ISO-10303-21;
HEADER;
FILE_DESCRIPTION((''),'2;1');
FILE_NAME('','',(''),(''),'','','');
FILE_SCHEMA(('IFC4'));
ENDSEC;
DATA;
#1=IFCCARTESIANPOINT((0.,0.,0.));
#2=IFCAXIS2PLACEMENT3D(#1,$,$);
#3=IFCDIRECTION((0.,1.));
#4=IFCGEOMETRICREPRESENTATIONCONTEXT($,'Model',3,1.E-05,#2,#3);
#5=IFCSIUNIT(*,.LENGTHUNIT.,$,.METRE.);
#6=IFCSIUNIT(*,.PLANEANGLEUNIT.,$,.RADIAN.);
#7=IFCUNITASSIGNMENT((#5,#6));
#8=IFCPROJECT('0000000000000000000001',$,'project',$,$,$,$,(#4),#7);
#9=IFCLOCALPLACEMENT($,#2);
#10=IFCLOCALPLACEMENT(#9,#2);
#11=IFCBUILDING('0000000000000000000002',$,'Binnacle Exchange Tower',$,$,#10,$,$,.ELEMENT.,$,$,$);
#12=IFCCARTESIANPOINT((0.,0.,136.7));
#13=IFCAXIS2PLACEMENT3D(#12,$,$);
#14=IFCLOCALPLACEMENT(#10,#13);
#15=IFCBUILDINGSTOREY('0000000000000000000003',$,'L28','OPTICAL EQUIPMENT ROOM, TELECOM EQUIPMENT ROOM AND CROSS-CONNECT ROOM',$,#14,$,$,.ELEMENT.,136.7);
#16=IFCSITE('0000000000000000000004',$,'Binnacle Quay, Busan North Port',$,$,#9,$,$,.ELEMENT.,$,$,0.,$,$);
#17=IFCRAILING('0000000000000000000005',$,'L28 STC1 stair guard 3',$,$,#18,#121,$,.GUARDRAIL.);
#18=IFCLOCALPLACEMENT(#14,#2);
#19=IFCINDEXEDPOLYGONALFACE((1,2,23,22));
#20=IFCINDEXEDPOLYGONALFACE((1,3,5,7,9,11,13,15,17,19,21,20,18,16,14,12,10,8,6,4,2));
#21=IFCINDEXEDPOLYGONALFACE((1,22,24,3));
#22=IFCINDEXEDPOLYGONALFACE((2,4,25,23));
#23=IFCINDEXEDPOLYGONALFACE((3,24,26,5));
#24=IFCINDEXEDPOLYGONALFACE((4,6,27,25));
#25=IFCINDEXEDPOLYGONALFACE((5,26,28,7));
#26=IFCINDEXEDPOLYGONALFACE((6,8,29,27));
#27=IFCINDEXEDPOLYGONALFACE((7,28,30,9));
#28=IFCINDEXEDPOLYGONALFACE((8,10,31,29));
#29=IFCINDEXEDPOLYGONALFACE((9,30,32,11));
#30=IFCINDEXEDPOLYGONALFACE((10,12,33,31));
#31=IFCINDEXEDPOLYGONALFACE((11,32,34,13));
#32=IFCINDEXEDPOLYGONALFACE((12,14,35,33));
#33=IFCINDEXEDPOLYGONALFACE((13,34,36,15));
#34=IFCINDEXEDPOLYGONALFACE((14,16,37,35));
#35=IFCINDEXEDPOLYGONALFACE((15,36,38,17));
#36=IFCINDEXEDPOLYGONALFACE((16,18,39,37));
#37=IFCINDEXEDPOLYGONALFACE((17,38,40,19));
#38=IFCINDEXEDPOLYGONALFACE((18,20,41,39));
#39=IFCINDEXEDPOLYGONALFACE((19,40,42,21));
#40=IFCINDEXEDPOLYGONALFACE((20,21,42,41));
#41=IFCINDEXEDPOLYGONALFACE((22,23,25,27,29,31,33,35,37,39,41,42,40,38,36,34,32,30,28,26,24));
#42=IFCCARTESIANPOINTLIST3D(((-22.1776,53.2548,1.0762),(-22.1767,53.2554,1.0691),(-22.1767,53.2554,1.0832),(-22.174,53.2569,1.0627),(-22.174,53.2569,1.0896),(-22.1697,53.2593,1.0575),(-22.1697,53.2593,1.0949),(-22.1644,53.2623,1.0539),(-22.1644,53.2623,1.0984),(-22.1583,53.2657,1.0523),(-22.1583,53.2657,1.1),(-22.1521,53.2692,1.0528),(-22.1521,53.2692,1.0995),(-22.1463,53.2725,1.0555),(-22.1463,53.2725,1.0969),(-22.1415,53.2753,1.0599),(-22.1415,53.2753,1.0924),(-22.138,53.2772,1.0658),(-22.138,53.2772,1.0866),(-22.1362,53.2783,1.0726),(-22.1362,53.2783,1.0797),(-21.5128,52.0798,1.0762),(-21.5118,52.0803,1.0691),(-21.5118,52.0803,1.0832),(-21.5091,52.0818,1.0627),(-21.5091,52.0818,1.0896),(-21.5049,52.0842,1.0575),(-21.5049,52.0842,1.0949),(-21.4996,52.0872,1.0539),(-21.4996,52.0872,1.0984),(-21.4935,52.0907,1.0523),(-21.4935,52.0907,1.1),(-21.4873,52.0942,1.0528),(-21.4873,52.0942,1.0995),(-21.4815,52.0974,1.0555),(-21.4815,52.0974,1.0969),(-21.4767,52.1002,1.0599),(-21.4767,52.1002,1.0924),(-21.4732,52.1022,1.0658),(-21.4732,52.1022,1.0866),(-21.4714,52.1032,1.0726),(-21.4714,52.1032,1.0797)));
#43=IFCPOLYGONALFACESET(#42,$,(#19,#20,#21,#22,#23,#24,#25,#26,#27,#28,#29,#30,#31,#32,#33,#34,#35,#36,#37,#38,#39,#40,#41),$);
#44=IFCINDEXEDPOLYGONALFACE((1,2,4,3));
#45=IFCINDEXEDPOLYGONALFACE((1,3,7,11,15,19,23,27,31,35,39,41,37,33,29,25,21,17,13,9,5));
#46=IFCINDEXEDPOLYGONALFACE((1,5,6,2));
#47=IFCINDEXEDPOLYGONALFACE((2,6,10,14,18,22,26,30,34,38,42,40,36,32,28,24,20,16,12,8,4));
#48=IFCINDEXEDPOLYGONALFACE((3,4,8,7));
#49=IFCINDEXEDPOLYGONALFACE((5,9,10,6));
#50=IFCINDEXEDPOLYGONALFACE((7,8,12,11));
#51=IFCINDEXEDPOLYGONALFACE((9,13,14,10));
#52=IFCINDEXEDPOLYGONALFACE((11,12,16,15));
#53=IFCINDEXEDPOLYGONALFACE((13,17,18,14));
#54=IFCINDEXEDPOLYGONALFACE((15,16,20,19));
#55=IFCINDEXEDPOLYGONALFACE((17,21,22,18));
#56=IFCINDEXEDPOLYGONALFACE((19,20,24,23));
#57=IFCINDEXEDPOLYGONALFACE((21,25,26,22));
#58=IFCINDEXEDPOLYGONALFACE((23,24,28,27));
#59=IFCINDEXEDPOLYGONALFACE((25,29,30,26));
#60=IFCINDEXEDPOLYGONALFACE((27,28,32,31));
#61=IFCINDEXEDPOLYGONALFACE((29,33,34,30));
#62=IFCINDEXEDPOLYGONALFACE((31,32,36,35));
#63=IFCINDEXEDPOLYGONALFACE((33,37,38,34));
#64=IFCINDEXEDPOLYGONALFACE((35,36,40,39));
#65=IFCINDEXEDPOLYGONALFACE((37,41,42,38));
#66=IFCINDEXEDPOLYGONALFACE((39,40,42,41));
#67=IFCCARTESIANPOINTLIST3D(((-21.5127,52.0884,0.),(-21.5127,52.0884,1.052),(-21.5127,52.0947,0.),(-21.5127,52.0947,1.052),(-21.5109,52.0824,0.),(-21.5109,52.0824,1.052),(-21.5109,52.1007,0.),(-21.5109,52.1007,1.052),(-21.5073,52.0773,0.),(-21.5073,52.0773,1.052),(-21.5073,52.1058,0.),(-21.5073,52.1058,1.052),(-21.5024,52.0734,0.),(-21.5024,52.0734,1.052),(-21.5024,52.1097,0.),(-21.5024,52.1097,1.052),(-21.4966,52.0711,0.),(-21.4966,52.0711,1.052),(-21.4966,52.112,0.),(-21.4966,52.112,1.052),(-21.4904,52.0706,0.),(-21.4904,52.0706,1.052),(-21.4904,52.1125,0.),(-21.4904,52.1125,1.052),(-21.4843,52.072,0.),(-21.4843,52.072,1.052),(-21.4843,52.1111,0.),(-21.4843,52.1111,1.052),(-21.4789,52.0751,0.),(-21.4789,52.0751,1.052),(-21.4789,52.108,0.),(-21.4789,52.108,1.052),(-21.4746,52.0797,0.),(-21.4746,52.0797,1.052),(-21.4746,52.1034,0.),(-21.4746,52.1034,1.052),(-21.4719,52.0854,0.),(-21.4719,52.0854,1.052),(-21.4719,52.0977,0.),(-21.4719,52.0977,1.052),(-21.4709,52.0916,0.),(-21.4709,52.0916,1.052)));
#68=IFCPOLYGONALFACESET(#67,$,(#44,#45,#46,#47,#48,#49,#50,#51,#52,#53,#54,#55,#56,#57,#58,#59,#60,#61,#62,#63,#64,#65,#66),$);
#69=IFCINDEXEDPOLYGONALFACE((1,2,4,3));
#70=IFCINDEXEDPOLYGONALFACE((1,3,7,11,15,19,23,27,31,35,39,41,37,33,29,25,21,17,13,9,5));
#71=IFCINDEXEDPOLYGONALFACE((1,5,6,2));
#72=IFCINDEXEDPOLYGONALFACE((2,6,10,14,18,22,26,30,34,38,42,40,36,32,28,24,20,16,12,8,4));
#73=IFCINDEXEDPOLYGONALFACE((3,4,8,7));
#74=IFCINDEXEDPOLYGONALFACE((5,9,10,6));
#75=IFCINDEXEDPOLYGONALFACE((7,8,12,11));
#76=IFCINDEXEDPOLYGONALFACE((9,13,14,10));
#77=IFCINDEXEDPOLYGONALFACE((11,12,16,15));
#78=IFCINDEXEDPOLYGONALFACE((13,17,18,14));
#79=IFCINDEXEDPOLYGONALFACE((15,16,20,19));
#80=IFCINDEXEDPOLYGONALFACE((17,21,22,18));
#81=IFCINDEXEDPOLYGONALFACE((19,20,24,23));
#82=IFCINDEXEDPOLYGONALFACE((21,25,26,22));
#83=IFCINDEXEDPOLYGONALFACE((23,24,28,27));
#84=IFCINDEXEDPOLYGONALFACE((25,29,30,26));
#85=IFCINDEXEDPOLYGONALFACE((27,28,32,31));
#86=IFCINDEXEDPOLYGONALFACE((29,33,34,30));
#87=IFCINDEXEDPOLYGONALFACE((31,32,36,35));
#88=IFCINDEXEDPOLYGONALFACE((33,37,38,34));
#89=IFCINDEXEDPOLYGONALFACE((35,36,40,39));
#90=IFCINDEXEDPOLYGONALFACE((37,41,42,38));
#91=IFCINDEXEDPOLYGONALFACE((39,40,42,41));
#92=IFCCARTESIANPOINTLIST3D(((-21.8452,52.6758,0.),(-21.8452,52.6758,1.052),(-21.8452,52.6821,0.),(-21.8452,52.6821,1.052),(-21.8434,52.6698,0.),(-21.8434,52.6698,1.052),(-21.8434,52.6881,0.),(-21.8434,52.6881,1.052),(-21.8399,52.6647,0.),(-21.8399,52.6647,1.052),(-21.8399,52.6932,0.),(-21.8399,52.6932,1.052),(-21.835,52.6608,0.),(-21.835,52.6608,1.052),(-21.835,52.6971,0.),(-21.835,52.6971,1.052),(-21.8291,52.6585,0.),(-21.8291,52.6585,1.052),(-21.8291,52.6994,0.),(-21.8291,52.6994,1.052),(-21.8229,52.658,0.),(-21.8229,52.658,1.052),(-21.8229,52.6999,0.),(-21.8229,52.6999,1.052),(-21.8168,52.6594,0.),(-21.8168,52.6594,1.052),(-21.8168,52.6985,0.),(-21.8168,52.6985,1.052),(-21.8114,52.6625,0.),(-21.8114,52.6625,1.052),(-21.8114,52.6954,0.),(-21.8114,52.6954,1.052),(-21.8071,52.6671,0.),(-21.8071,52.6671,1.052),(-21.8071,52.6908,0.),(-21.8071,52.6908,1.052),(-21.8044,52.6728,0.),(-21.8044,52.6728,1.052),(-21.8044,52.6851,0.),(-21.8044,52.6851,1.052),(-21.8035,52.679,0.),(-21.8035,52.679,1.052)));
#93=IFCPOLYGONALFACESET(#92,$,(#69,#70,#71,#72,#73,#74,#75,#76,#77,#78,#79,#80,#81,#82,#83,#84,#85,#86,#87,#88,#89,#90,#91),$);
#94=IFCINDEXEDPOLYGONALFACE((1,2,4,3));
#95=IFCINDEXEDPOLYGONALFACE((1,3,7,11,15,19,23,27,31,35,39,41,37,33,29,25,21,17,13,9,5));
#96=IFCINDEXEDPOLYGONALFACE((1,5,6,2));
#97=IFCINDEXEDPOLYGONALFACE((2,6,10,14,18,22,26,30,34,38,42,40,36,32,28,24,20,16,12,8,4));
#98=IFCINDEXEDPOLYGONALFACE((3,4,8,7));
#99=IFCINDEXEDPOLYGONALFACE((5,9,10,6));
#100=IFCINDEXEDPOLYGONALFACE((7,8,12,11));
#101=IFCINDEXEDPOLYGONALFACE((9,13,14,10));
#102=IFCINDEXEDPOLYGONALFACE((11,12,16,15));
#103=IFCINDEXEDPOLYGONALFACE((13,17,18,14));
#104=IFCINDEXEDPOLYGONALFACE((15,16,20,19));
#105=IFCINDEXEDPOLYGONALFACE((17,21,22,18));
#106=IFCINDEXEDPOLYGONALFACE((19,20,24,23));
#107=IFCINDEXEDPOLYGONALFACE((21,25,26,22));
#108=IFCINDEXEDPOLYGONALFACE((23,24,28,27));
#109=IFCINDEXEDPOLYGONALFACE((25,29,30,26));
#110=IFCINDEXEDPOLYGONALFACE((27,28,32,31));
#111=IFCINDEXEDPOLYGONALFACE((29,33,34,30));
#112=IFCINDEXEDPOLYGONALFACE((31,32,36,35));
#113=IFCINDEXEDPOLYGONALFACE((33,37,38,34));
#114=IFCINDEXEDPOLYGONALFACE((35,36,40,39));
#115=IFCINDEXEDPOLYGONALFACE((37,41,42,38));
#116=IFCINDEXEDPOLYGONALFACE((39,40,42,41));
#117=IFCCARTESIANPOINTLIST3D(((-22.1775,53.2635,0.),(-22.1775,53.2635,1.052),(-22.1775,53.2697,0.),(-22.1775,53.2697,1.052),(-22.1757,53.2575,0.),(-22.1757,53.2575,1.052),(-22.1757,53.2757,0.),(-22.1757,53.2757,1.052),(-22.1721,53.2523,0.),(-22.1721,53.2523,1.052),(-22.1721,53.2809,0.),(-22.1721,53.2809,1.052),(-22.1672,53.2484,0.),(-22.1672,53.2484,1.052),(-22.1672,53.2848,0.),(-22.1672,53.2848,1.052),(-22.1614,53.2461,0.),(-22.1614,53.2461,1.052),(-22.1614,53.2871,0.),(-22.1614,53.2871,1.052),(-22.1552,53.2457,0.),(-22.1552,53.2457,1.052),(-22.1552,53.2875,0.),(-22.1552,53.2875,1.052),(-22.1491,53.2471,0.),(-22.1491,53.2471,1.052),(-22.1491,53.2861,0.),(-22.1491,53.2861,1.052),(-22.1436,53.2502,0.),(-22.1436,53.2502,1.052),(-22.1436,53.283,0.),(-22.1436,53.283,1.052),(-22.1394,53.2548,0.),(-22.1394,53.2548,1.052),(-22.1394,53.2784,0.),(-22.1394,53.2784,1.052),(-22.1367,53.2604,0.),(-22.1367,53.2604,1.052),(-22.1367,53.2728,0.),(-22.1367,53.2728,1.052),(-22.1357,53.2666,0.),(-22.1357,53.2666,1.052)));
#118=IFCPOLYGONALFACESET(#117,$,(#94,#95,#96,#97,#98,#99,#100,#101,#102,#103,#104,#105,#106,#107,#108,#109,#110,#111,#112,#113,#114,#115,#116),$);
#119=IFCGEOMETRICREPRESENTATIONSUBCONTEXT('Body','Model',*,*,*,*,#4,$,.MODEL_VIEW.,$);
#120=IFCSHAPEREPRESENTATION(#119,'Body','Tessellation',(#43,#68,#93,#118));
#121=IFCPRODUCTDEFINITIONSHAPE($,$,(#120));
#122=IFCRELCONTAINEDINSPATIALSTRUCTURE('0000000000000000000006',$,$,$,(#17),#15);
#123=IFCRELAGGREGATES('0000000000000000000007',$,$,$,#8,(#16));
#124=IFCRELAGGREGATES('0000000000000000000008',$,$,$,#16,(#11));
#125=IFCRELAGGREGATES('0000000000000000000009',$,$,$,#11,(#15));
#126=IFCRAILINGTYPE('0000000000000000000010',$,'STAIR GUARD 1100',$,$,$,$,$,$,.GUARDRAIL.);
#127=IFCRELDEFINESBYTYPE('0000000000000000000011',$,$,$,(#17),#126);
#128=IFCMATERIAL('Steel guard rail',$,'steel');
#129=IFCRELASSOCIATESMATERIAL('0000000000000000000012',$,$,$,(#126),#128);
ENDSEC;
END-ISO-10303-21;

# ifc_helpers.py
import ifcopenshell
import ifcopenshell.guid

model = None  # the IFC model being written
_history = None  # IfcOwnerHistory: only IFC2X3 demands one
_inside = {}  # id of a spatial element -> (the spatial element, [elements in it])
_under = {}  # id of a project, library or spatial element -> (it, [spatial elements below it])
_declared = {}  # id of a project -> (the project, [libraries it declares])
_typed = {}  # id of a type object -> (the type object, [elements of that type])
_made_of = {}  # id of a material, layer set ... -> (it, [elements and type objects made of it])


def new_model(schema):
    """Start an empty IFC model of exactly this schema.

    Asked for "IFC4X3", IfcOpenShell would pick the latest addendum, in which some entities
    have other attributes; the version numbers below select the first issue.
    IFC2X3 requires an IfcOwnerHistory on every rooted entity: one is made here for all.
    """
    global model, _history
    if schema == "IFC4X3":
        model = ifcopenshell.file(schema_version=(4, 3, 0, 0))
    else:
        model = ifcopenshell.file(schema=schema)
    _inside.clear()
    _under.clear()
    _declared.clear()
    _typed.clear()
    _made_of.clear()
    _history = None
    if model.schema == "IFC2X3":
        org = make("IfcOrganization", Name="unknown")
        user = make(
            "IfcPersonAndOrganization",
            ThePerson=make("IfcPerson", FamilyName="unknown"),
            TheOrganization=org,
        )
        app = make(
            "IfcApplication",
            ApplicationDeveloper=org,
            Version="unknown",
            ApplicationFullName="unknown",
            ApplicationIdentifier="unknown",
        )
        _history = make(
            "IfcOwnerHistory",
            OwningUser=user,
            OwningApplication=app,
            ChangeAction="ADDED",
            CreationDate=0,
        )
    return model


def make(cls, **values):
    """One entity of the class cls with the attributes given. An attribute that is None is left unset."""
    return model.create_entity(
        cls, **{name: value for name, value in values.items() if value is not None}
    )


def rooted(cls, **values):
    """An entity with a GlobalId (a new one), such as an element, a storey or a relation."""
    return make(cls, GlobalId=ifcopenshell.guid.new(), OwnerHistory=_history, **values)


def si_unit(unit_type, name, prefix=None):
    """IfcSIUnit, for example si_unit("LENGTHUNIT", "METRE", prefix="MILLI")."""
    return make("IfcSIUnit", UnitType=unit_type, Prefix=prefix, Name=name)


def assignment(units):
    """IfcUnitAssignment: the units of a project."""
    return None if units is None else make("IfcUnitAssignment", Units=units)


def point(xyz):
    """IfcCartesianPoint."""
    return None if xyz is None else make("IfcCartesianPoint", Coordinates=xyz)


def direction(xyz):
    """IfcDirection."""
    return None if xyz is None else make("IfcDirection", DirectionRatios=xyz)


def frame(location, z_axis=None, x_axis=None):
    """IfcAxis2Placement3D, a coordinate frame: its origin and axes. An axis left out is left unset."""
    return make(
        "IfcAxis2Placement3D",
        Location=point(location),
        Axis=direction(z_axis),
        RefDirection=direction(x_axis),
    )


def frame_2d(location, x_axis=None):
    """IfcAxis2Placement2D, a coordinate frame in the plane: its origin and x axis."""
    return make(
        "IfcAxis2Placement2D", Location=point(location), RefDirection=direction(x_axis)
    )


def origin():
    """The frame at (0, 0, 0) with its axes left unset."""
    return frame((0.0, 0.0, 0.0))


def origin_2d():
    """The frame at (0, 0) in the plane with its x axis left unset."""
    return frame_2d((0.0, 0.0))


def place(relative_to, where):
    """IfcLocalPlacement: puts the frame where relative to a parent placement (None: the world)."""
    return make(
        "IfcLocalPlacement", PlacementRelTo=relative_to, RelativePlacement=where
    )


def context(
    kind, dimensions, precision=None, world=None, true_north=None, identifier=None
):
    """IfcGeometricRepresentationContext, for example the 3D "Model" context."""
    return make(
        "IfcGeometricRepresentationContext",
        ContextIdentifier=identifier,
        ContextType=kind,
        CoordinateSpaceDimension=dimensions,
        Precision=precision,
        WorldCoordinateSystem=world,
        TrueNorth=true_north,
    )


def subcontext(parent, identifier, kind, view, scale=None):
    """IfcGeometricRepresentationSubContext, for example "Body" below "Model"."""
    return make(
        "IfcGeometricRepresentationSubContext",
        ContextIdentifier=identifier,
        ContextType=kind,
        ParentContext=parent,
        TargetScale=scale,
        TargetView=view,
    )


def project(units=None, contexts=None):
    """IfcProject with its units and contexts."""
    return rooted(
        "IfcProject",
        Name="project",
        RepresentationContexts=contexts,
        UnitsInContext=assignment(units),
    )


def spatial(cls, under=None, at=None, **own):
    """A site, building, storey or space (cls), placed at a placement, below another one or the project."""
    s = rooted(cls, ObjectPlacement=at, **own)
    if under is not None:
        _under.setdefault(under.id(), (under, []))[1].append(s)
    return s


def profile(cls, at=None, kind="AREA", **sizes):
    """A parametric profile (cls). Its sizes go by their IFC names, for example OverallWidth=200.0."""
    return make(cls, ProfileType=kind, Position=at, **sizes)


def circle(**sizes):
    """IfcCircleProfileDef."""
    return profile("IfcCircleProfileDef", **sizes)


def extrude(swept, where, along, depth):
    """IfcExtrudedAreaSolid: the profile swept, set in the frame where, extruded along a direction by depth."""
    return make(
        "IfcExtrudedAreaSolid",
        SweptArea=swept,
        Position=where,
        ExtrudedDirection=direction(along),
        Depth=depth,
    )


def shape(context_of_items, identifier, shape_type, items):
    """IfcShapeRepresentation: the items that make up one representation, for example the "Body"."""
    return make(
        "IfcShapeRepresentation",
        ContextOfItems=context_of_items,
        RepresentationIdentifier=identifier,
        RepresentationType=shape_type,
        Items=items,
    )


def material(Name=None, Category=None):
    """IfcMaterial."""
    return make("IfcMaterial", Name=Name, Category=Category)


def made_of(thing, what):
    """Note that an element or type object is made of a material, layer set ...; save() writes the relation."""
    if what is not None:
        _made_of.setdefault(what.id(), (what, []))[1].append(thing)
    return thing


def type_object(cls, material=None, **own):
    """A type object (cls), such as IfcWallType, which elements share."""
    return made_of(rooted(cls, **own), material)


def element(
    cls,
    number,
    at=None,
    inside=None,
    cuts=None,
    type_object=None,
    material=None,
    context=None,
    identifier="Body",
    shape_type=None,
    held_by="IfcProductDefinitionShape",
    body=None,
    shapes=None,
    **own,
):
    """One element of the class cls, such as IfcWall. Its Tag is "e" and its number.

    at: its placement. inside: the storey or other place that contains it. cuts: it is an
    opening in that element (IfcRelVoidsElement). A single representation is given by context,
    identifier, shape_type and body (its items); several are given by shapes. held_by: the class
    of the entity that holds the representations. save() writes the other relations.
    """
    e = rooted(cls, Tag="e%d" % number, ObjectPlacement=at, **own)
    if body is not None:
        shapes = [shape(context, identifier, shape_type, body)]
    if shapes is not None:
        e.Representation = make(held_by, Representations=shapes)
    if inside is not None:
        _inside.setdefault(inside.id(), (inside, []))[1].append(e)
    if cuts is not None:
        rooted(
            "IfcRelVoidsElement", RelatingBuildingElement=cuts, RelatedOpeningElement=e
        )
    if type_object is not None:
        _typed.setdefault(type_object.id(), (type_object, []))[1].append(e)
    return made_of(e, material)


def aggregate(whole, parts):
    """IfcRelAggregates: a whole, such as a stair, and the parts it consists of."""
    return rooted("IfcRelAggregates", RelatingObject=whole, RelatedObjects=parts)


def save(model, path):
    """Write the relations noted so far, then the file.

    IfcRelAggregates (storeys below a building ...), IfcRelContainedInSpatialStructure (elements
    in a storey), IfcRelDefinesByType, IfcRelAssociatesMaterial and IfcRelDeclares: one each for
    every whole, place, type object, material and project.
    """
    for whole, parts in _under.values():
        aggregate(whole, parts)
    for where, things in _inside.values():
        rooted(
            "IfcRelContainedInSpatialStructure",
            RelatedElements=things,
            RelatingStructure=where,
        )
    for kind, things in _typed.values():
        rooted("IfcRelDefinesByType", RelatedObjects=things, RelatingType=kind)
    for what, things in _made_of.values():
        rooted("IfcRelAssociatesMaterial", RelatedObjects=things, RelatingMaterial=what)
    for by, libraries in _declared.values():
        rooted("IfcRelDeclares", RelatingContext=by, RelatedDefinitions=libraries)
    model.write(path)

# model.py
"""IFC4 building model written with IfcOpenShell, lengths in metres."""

from ifc_helpers import new_model, si_unit, direction, frame, origin, origin_2d, place, context, subcontext, project, spatial, circle, extrude, material, type_object, element, save


model = new_model("IFC4")

# Units and contexts
model_context = context("Model", 3, precision=1e-05, world=origin(), true_north=direction((0.0, 1.0)))
body_context = subcontext(model_context, "Body", "Model", "MODEL_VIEW")
ifc_project = project(units=[si_unit("LENGTHUNIT", "METRE"), si_unit("PLANEANGLEUNIT", "RADIAN")], contexts=[model_context])

# Site, building, storey
site_placement = place(None, origin())
site = spatial("IfcSite", under=ifc_project, at=site_placement, Name="Binnacle Quay, Busan North Port", CompositionType="ELEMENT", RefElevation=0.0)
building_placement = place(site_placement, origin())
building = spatial("IfcBuilding", under=site, at=building_placement, Name="Binnacle Exchange Tower", CompositionType="ELEMENT")
storey_placement = place(building_placement, frame((0.0, 0.0, 136.7)))
storey = spatial("IfcBuildingStorey", under=building, at=storey_placement, Name="L28", Description="OPTICAL EQUIPMENT ROOM, TELECOM EQUIPMENT ROOM AND CROSS-CONNECT ROOM", CompositionType="ELEMENT", Elevation=136.7)

# Railing
ifc_material_1 = material(Name="Steel guard rail", Category="steel")
railing_type_1 = type_object("IfcRailingType", Name="STAIR GUARD 1100", PredefinedType="GUARDRAIL", material=ifc_material_1)
railing_1_placement = place(storey_placement, frame((-21.4919, 52.0916, 0.0)))
element("IfcRailing", 1, at=railing_1_placement, inside=storey, type_object=railing_type_1, Name="L28 STC1 stair guard 3", PredefinedType="GUARDRAIL", context=body_context, shape_type="SweptSolid", body=[
    extrude(circle(Radius=0.0239, at=origin_2d()), frame((0.0, 0.0, 1.0762), z_axis=(-0.492415, 0.870361, 0.0), x_axis=(-0.870361, -0.492415, 0.0)), (0.0, 0.0, 1.0), 1.3501),
    extrude(circle(Radius=0.021, at=origin_2d()), origin(), (0.0, 0.0, 1.0), 1.052),
    extrude(circle(Radius=0.021, at=origin_2d()), frame((-0.3325, 0.5874, 0.0)), (0.0, 0.0, 1.0), 1.052),
    extrude(circle(Radius=0.021, at=origin_2d()), frame((-0.6648, 1.175, 0.0)), (0.0, 0.0, 1.0), 1.052),
])

save(model, "model.ifc")
